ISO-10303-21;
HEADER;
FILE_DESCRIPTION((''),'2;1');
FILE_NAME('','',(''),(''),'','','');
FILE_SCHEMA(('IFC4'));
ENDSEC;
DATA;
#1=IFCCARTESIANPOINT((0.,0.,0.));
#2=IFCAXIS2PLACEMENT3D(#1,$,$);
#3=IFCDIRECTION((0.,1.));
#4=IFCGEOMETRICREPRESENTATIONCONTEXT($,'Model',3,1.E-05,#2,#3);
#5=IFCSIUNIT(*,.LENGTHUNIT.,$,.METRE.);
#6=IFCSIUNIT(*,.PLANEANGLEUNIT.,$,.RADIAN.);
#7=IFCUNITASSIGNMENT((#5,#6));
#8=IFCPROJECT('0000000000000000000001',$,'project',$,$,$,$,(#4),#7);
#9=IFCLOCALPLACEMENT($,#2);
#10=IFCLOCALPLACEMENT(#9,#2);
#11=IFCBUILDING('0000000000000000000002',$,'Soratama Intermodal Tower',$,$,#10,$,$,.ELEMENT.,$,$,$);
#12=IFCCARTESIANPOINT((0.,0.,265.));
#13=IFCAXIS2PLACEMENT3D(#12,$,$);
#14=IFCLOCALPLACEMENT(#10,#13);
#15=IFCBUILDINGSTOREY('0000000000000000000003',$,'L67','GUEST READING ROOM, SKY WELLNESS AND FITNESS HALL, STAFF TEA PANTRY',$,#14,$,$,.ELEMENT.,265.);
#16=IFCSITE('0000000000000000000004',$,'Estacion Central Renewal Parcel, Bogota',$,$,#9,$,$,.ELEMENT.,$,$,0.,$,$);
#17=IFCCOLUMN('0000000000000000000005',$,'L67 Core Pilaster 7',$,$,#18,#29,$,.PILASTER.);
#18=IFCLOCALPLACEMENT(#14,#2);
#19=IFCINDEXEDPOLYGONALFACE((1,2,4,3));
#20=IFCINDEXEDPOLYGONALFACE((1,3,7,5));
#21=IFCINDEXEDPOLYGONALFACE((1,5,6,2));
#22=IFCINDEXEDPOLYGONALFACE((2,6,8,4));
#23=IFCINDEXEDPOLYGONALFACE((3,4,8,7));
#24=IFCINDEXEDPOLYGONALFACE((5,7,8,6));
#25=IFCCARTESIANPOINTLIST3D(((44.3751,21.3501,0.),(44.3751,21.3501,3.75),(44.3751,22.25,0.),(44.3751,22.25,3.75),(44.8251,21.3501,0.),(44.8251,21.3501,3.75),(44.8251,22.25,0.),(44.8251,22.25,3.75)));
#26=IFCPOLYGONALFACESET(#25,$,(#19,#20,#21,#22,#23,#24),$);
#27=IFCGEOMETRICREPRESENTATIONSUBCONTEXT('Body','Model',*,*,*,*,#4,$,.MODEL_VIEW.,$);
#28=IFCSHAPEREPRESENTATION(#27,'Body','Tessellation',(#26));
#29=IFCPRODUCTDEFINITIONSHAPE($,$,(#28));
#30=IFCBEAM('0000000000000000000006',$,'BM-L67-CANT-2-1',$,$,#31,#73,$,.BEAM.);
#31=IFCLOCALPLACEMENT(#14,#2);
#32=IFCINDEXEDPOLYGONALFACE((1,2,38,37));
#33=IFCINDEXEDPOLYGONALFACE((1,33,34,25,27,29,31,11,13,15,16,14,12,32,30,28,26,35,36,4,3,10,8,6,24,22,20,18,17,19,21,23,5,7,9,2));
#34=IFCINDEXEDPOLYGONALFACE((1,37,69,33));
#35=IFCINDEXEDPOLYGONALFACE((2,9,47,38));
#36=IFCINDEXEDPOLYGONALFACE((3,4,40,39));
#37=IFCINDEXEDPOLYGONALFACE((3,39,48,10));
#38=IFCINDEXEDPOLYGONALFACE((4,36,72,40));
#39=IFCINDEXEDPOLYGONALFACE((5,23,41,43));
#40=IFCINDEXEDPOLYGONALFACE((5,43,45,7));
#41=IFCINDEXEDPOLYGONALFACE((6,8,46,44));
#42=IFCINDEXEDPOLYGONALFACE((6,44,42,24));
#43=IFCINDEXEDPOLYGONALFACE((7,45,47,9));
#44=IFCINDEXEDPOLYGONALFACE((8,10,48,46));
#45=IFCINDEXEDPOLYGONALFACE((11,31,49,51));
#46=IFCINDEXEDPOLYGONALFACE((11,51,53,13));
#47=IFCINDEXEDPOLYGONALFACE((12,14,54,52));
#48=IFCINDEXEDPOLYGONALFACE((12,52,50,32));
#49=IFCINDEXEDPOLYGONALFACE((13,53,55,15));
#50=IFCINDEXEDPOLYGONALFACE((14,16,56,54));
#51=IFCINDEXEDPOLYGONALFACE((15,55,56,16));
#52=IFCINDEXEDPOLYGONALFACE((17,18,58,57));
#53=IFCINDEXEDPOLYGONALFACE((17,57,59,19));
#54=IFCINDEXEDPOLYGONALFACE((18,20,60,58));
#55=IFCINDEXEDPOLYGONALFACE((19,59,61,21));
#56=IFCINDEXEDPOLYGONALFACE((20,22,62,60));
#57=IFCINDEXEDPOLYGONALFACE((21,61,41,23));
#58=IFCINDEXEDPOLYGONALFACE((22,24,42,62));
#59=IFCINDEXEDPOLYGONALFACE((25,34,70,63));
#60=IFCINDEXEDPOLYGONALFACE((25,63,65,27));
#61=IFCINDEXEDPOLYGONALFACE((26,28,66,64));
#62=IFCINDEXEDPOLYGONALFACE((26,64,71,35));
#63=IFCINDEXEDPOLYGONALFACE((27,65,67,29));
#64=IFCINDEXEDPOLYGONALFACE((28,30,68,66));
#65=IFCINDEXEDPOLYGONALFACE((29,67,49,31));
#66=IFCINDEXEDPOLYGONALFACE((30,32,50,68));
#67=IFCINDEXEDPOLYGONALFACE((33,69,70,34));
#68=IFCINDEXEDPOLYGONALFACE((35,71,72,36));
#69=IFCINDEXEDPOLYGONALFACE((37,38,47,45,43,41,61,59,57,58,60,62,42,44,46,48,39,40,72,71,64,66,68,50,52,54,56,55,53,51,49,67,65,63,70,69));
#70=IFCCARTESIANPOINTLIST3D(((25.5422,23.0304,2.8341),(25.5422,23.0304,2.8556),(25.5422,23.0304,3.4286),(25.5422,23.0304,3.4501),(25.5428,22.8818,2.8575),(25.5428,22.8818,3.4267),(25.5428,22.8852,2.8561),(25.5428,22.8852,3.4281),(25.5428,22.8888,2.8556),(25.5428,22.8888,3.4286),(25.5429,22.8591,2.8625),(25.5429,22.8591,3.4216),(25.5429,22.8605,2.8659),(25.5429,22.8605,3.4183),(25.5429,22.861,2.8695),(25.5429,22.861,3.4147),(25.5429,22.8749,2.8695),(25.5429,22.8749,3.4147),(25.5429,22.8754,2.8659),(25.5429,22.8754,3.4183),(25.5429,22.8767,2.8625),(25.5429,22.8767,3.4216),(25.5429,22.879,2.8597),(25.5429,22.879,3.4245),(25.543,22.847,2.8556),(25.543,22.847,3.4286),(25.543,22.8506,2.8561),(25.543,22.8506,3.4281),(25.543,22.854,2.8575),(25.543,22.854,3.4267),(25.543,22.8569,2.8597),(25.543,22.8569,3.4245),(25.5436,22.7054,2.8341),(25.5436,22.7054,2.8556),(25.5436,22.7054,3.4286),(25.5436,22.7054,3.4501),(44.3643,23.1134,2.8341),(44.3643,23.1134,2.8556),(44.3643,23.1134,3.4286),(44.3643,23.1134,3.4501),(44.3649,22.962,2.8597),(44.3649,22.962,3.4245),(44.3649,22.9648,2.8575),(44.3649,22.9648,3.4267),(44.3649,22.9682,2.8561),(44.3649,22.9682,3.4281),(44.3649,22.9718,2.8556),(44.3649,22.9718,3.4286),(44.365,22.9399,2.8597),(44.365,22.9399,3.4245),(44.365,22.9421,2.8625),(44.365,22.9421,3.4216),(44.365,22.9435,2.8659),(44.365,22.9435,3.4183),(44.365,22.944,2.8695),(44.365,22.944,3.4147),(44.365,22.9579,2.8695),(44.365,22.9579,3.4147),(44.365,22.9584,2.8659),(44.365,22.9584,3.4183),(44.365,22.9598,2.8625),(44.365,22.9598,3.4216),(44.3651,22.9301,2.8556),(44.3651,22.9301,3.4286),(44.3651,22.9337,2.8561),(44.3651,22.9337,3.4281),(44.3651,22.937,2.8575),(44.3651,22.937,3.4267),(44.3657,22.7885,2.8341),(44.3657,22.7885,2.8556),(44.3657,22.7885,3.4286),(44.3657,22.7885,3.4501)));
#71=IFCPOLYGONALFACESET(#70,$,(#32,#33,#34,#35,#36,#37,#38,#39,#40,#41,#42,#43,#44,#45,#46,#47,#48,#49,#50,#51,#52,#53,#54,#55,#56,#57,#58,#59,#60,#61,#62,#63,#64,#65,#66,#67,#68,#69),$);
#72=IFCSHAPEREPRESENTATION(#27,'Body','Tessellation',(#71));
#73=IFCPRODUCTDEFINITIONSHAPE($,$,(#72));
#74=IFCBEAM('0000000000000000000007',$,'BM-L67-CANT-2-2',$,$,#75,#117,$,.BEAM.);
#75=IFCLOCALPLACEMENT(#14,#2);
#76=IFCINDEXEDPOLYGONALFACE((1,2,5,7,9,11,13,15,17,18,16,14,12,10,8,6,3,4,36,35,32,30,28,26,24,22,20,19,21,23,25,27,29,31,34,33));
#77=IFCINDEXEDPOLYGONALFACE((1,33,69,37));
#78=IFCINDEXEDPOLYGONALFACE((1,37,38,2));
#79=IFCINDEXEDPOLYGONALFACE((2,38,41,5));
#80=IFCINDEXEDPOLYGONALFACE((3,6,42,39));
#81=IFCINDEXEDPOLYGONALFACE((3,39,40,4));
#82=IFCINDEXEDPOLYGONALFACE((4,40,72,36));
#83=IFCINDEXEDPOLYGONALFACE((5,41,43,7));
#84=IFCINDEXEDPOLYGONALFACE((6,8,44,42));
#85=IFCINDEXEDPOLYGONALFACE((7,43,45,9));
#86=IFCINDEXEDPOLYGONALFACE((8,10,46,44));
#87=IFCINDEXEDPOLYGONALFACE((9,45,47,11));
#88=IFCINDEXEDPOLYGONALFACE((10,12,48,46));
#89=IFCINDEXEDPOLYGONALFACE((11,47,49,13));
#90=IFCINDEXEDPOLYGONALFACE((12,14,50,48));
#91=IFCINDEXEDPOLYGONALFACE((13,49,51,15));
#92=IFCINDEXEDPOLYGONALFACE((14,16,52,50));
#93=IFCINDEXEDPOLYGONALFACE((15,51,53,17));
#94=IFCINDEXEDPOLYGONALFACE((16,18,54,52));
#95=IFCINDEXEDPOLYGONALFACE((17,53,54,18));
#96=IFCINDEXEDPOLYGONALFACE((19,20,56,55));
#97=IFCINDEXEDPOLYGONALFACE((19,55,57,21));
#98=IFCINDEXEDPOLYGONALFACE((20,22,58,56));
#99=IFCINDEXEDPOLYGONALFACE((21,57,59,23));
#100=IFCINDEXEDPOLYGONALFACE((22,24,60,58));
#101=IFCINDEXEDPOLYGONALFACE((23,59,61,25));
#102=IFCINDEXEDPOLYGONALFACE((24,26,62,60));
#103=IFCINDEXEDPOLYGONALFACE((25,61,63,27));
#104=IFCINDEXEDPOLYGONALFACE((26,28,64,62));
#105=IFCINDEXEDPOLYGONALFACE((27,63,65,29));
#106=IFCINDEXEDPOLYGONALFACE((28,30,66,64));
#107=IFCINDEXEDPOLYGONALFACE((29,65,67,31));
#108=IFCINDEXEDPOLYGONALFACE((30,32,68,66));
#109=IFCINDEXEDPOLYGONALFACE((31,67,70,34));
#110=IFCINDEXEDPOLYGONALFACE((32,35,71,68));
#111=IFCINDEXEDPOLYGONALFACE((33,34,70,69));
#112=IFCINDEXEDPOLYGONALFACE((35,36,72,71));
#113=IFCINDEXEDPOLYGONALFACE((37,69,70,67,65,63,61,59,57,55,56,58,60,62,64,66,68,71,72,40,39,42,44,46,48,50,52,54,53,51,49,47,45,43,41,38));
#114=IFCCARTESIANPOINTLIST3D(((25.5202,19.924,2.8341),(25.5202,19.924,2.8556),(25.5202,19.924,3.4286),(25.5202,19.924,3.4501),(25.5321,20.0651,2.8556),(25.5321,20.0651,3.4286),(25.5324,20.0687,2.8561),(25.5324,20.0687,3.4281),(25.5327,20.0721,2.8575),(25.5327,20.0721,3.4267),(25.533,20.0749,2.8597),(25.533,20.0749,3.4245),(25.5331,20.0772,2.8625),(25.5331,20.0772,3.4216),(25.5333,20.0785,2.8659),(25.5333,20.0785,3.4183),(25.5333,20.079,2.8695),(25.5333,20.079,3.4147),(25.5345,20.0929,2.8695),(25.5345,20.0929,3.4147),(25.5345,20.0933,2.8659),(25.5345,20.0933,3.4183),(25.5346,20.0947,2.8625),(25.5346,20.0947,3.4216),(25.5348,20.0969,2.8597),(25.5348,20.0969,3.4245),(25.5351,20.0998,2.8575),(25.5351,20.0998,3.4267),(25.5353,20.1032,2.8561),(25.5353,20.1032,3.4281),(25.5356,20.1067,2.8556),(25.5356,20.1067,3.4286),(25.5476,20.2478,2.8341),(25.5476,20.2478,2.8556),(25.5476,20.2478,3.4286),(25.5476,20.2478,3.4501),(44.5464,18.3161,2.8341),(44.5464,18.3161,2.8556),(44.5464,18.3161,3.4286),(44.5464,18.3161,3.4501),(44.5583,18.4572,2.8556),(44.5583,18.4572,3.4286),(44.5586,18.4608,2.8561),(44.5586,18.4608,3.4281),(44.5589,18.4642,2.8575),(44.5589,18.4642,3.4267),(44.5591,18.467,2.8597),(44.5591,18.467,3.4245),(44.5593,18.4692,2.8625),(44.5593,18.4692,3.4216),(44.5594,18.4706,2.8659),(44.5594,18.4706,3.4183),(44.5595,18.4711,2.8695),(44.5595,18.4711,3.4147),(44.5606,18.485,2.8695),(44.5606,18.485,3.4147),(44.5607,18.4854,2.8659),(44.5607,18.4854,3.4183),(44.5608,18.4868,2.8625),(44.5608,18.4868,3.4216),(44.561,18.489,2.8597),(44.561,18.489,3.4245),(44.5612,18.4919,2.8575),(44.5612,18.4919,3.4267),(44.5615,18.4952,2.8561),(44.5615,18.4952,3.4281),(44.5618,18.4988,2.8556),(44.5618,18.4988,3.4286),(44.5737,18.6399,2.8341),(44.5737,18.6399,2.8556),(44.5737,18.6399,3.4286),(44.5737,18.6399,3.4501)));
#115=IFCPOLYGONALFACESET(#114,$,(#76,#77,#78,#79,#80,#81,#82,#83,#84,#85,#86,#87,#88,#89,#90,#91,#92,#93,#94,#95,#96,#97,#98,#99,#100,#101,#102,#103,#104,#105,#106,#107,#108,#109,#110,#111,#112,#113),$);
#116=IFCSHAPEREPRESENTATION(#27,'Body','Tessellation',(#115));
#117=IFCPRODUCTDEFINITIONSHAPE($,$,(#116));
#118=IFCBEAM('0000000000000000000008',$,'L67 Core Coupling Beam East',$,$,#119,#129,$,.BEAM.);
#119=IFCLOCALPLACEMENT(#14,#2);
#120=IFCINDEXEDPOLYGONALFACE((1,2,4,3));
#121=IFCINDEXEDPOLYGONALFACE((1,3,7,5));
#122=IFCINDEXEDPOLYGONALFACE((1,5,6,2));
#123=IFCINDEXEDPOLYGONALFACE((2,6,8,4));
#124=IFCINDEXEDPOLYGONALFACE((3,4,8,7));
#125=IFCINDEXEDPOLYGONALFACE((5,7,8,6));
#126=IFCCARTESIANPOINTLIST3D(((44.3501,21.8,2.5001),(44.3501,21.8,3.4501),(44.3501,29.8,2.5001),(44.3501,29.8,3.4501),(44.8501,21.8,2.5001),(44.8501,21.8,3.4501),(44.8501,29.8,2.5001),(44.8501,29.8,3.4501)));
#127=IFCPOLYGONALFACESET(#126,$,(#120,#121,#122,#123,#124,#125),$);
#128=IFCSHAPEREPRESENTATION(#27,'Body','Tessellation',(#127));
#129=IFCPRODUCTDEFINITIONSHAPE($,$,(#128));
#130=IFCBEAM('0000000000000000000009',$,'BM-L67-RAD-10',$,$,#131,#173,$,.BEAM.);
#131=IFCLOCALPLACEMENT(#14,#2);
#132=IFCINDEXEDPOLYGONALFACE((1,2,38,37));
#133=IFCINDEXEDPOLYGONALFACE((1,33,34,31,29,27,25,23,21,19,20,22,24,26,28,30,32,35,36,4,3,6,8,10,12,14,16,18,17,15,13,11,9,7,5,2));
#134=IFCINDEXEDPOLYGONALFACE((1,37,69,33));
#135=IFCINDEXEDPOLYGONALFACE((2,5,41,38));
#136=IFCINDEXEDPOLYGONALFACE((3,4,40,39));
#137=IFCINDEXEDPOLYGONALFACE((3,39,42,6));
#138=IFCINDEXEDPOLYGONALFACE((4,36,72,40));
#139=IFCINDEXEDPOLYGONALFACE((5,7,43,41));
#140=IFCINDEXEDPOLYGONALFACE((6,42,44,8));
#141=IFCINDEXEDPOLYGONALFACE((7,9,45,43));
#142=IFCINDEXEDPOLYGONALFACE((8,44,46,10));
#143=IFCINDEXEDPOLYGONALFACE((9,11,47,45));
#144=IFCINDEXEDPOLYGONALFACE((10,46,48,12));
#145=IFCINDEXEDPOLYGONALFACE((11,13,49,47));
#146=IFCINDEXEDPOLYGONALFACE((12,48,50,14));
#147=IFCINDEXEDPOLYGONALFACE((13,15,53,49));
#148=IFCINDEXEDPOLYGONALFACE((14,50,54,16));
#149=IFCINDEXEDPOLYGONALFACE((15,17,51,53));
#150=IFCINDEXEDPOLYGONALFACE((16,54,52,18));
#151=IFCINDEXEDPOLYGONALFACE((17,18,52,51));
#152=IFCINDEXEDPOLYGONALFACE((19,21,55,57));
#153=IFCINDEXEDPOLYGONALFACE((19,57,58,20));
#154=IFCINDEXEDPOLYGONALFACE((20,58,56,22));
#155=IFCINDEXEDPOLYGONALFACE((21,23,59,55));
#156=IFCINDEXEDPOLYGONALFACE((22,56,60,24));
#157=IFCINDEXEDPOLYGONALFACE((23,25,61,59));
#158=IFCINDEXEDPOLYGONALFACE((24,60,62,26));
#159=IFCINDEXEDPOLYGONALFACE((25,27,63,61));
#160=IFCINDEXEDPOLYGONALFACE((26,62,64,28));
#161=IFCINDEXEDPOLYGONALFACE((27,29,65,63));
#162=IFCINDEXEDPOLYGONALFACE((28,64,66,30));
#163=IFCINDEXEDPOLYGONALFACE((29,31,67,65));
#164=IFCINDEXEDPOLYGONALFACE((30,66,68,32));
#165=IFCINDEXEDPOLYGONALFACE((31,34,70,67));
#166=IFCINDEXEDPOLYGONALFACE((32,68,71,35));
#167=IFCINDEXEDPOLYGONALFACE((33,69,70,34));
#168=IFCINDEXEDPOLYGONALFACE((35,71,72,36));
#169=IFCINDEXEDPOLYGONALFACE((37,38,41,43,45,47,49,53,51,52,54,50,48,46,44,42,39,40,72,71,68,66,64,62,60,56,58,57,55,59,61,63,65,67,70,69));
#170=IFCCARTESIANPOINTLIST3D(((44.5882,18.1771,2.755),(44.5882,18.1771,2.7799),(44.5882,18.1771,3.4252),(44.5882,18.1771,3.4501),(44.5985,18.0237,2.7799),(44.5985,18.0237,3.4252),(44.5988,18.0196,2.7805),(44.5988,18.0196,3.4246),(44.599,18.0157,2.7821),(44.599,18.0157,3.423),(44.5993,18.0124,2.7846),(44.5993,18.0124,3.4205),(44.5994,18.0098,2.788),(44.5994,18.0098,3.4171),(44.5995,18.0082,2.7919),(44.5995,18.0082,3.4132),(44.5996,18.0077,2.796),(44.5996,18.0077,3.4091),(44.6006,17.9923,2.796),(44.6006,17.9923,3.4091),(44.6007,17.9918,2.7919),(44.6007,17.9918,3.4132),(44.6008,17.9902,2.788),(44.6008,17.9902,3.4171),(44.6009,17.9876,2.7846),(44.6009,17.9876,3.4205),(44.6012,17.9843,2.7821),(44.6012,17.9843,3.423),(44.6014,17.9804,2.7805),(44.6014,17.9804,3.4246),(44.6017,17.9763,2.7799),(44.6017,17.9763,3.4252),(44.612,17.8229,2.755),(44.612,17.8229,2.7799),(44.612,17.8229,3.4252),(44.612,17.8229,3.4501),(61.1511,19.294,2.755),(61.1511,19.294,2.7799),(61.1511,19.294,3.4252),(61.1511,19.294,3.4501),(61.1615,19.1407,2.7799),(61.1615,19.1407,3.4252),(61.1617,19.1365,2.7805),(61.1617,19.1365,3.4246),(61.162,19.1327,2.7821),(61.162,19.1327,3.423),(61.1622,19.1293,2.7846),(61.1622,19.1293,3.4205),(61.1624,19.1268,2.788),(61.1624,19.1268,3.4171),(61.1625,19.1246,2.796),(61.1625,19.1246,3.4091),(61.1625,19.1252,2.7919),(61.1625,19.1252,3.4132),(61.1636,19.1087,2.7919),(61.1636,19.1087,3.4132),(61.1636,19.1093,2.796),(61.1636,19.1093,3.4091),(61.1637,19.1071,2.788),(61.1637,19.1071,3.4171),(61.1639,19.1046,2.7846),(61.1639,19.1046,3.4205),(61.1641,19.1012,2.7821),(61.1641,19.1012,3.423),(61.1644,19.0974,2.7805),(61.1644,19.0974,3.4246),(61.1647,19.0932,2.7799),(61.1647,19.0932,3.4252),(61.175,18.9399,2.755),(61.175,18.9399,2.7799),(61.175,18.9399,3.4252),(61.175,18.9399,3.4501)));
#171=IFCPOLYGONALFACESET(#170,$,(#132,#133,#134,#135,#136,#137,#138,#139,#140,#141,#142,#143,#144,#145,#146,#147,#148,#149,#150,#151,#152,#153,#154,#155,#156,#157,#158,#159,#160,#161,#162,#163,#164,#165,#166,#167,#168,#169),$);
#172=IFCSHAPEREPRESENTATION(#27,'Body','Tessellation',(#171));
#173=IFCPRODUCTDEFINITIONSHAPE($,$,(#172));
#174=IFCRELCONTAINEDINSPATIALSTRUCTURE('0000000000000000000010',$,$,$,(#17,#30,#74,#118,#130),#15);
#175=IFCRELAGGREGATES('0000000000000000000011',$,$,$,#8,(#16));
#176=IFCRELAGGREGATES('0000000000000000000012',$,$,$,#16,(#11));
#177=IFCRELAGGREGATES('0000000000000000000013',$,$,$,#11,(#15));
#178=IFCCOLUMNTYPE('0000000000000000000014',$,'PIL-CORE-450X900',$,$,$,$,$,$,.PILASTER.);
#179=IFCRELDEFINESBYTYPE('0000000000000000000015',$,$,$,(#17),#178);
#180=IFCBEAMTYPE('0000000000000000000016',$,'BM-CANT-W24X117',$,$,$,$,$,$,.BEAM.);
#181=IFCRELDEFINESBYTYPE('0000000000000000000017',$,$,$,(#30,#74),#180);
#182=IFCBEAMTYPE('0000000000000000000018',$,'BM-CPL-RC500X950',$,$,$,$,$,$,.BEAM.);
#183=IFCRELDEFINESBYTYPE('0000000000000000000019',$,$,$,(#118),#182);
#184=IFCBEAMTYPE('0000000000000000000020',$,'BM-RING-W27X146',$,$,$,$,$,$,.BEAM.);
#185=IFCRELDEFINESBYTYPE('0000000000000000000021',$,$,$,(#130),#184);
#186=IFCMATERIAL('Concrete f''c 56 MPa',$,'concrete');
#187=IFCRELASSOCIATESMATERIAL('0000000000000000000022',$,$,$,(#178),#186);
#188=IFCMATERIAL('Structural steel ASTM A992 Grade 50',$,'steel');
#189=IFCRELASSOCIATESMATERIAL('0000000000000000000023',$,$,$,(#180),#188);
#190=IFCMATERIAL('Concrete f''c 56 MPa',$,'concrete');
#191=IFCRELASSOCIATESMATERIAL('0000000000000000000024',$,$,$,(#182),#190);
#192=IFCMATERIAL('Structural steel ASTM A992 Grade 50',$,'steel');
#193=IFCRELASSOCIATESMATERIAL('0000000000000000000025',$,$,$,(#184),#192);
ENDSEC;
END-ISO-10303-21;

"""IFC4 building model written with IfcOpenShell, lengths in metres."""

from ifc_helpers import new_model, si_unit, direction, frame, origin, origin_2d, place, context, subcontext, project, spatial, rectangle, i_section, extrude, material, material_profile, profile_set, type_object, element, save


model = new_model("IFC4")

# Units and contexts
model_context = context("Model", 3, precision=1e-05, world=origin(), true_north=direction((0.0, 1.0)))
body_context = subcontext(model_context, "Body", "Model", "MODEL_VIEW")
ifc_project = project(units=[si_unit("LENGTHUNIT", "METRE"), si_unit("PLANEANGLEUNIT", "RADIAN")], contexts=[model_context])

# Site, building, storey
site_placement = place(None, origin())
site = spatial("IfcSite", under=ifc_project, at=site_placement, Name="Estacion Central Renewal Parcel, Bogota", CompositionType="ELEMENT", RefElevation=0.0)
building_placement = place(site_placement, origin())
building = spatial("IfcBuilding", under=site, at=building_placement, Name="Soratama Intermodal Tower", CompositionType="ELEMENT")
storey_placement = place(building_placement, frame((0.0, 0.0, 265.0)))
storey = spatial("IfcBuildingStorey", under=building, at=storey_placement, Name="L67", Description="GUEST READING ROOM, SKY WELLNESS AND FITNESS HALL, STAFF TEA PANTRY", CompositionType="ELEMENT", Elevation=265.0)

# Column
ifc_material_1 = material(Name="Concrete f'c 56 MPa", Category="concrete")
ifc_material_profile_1 = material_profile(ifc_material_1, rectangle(XDim=0.45, YDim=0.8999, at=origin_2d()), Name="RC450X900")
ifc_profile_set_1 = profile_set([ifc_material_profile_1], Name="Concrete f'c 56 MPa")
column_type = type_object("IfcColumnType", Name="PIL-CORE-450X900", PredefinedType="PILASTER", material=ifc_profile_set_1)
column_placement = place(storey_placement, frame((44.6001, 21.8, 0.0), z_axis=(0.0, 0.0, 1.0), x_axis=(1.0, 0.0, 0.0)))
element("IfcColumn", 1, at=column_placement, inside=storey, type_object=column_type, Name="L67 Core Pilaster 7", PredefinedType="PILASTER", context=body_context, shape_type="SweptSolid", body=[
    extrude(rectangle(XDim=0.45, YDim=0.8999, at=origin_2d()), origin(), (0.0, 0.0, 1.0), 3.75),
])

# Beams
ifc_material_2 = material(Name="Structural steel ASTM A992 Grade 50", Category="steel")
ifc_material_profile_2 = material_profile(ifc_material_2, i_section(OverallWidth=0.325, OverallDepth=0.616, WebThickness=0.0139, FlangeThickness=0.0215, FilletRadius=0.0139, at=origin_2d()), Name="W24X117")
ifc_profile_set_2 = profile_set([ifc_material_profile_2], Name="Structural steel ASTM A992 Grade 50")
beam_type_1 = type_object("IfcBeamType", Name="BM-CANT-W24X117", PredefinedType="BEAM", material=ifc_profile_set_2)
beam_1_placement = place(storey_placement, frame((44.365, 22.9509, 3.1421), z_axis=(-0.99999, -0.00441, 0.0), x_axis=(0.00441, -0.99999, 0.0)))
element("IfcBeam", 2, at=beam_1_placement, inside=storey, type_object=beam_type_1, Name="BM-L67-CANT-2-1", PredefinedType="BEAM", context=body_context, shape_type="SweptSolid", body=[
    extrude(i_section(OverallWidth=0.325, OverallDepth=0.616, WebThickness=0.0139, FlangeThickness=0.0215, FilletRadius=0.0139, at=origin_2d()), origin(), (0.0, 0.0, 1.0), 18.8223),
])
beam_2_placement = place(storey_placement, frame((44.5601, 18.478, 3.1421), z_axis=(-0.996448, 0.08421, 0.0), x_axis=(-0.08421, -0.996448, 0.0)))
element("IfcBeam", 3, at=beam_2_placement, inside=storey, type_object=beam_type_1, Name="BM-L67-CANT-2-2", PredefinedType="BEAM", context=body_context, shape_type="SweptSolid", body=[
    extrude(i_section(OverallWidth=0.325, OverallDepth=0.616, WebThickness=0.0139, FlangeThickness=0.0215, FilletRadius=0.0139, at=origin_2d()), origin(), (0.0, 0.0, 1.0), 19.094),
])
ifc_material_3 = material(Name="Concrete f'c 56 MPa", Category="concrete")
ifc_material_profile_3 = material_profile(ifc_material_3, rectangle(XDim=0.5, YDim=0.95, at=origin_2d()), Name="RC500X950")
ifc_profile_set_3 = profile_set([ifc_material_profile_3], Name="Concrete f'c 56 MPa")
beam_type_2 = type_object("IfcBeamType", Name="BM-CPL-RC500X950", PredefinedType="BEAM", material=ifc_profile_set_3)
beam_3_placement = place(storey_placement, frame((44.6001, 21.8, 2.9751), z_axis=(0.0, 1.0, 0.0), x_axis=(-1.0, 0.0, 0.0)))
element("IfcBeam", 4, at=beam_3_placement, inside=storey, type_object=beam_type_2, Name="L67 Core Coupling Beam East", PredefinedType="BEAM", context=body_context, shape_type="SweptSolid", body=[
    extrude(rectangle(XDim=0.5, YDim=0.95, at=origin_2d()), origin(), (0.0, 0.0, 1.0), 8.0),
])
ifc_material_4 = material(Name="Structural steel ASTM A992 Grade 50", Category="steel")
ifc_material_profile_4 = material_profile(ifc_material_4, i_section(OverallWidth=0.355, OverallDepth=0.6951, WebThickness=0.0154, FlangeThickness=0.0249, FilletRadius=0.0161, at=origin_2d()), Name="W27X146")
ifc_profile_set_4 = profile_set([ifc_material_profile_4], Name="Structural steel ASTM A992 Grade 50")
beam_type_3 = type_object("IfcBeamType", Name="BM-RING-W27X146", PredefinedType="BEAM", material=ifc_profile_set_4)
beam_4_placement = place(storey_placement, frame((44.6001, 18.0, 3.1025), z_axis=(0.997734, 0.067283, 0.0), x_axis=(-0.067283, 0.997734, 0.0)))
element("IfcBeam", 5, at=beam_4_placement, inside=storey, type_object=beam_type_3, Name="BM-L67-RAD-10", PredefinedType="BEAM", context=body_context, shape_type="SweptSolid", body=[
    extrude(i_section(OverallWidth=0.355, OverallDepth=0.6951, WebThickness=0.0154, FlangeThickness=0.0249, FilletRadius=0.0161, at=origin_2d()), origin(), (0.0, 0.0, 1.0), 16.6006),
])

save(model, "model.ifc")
